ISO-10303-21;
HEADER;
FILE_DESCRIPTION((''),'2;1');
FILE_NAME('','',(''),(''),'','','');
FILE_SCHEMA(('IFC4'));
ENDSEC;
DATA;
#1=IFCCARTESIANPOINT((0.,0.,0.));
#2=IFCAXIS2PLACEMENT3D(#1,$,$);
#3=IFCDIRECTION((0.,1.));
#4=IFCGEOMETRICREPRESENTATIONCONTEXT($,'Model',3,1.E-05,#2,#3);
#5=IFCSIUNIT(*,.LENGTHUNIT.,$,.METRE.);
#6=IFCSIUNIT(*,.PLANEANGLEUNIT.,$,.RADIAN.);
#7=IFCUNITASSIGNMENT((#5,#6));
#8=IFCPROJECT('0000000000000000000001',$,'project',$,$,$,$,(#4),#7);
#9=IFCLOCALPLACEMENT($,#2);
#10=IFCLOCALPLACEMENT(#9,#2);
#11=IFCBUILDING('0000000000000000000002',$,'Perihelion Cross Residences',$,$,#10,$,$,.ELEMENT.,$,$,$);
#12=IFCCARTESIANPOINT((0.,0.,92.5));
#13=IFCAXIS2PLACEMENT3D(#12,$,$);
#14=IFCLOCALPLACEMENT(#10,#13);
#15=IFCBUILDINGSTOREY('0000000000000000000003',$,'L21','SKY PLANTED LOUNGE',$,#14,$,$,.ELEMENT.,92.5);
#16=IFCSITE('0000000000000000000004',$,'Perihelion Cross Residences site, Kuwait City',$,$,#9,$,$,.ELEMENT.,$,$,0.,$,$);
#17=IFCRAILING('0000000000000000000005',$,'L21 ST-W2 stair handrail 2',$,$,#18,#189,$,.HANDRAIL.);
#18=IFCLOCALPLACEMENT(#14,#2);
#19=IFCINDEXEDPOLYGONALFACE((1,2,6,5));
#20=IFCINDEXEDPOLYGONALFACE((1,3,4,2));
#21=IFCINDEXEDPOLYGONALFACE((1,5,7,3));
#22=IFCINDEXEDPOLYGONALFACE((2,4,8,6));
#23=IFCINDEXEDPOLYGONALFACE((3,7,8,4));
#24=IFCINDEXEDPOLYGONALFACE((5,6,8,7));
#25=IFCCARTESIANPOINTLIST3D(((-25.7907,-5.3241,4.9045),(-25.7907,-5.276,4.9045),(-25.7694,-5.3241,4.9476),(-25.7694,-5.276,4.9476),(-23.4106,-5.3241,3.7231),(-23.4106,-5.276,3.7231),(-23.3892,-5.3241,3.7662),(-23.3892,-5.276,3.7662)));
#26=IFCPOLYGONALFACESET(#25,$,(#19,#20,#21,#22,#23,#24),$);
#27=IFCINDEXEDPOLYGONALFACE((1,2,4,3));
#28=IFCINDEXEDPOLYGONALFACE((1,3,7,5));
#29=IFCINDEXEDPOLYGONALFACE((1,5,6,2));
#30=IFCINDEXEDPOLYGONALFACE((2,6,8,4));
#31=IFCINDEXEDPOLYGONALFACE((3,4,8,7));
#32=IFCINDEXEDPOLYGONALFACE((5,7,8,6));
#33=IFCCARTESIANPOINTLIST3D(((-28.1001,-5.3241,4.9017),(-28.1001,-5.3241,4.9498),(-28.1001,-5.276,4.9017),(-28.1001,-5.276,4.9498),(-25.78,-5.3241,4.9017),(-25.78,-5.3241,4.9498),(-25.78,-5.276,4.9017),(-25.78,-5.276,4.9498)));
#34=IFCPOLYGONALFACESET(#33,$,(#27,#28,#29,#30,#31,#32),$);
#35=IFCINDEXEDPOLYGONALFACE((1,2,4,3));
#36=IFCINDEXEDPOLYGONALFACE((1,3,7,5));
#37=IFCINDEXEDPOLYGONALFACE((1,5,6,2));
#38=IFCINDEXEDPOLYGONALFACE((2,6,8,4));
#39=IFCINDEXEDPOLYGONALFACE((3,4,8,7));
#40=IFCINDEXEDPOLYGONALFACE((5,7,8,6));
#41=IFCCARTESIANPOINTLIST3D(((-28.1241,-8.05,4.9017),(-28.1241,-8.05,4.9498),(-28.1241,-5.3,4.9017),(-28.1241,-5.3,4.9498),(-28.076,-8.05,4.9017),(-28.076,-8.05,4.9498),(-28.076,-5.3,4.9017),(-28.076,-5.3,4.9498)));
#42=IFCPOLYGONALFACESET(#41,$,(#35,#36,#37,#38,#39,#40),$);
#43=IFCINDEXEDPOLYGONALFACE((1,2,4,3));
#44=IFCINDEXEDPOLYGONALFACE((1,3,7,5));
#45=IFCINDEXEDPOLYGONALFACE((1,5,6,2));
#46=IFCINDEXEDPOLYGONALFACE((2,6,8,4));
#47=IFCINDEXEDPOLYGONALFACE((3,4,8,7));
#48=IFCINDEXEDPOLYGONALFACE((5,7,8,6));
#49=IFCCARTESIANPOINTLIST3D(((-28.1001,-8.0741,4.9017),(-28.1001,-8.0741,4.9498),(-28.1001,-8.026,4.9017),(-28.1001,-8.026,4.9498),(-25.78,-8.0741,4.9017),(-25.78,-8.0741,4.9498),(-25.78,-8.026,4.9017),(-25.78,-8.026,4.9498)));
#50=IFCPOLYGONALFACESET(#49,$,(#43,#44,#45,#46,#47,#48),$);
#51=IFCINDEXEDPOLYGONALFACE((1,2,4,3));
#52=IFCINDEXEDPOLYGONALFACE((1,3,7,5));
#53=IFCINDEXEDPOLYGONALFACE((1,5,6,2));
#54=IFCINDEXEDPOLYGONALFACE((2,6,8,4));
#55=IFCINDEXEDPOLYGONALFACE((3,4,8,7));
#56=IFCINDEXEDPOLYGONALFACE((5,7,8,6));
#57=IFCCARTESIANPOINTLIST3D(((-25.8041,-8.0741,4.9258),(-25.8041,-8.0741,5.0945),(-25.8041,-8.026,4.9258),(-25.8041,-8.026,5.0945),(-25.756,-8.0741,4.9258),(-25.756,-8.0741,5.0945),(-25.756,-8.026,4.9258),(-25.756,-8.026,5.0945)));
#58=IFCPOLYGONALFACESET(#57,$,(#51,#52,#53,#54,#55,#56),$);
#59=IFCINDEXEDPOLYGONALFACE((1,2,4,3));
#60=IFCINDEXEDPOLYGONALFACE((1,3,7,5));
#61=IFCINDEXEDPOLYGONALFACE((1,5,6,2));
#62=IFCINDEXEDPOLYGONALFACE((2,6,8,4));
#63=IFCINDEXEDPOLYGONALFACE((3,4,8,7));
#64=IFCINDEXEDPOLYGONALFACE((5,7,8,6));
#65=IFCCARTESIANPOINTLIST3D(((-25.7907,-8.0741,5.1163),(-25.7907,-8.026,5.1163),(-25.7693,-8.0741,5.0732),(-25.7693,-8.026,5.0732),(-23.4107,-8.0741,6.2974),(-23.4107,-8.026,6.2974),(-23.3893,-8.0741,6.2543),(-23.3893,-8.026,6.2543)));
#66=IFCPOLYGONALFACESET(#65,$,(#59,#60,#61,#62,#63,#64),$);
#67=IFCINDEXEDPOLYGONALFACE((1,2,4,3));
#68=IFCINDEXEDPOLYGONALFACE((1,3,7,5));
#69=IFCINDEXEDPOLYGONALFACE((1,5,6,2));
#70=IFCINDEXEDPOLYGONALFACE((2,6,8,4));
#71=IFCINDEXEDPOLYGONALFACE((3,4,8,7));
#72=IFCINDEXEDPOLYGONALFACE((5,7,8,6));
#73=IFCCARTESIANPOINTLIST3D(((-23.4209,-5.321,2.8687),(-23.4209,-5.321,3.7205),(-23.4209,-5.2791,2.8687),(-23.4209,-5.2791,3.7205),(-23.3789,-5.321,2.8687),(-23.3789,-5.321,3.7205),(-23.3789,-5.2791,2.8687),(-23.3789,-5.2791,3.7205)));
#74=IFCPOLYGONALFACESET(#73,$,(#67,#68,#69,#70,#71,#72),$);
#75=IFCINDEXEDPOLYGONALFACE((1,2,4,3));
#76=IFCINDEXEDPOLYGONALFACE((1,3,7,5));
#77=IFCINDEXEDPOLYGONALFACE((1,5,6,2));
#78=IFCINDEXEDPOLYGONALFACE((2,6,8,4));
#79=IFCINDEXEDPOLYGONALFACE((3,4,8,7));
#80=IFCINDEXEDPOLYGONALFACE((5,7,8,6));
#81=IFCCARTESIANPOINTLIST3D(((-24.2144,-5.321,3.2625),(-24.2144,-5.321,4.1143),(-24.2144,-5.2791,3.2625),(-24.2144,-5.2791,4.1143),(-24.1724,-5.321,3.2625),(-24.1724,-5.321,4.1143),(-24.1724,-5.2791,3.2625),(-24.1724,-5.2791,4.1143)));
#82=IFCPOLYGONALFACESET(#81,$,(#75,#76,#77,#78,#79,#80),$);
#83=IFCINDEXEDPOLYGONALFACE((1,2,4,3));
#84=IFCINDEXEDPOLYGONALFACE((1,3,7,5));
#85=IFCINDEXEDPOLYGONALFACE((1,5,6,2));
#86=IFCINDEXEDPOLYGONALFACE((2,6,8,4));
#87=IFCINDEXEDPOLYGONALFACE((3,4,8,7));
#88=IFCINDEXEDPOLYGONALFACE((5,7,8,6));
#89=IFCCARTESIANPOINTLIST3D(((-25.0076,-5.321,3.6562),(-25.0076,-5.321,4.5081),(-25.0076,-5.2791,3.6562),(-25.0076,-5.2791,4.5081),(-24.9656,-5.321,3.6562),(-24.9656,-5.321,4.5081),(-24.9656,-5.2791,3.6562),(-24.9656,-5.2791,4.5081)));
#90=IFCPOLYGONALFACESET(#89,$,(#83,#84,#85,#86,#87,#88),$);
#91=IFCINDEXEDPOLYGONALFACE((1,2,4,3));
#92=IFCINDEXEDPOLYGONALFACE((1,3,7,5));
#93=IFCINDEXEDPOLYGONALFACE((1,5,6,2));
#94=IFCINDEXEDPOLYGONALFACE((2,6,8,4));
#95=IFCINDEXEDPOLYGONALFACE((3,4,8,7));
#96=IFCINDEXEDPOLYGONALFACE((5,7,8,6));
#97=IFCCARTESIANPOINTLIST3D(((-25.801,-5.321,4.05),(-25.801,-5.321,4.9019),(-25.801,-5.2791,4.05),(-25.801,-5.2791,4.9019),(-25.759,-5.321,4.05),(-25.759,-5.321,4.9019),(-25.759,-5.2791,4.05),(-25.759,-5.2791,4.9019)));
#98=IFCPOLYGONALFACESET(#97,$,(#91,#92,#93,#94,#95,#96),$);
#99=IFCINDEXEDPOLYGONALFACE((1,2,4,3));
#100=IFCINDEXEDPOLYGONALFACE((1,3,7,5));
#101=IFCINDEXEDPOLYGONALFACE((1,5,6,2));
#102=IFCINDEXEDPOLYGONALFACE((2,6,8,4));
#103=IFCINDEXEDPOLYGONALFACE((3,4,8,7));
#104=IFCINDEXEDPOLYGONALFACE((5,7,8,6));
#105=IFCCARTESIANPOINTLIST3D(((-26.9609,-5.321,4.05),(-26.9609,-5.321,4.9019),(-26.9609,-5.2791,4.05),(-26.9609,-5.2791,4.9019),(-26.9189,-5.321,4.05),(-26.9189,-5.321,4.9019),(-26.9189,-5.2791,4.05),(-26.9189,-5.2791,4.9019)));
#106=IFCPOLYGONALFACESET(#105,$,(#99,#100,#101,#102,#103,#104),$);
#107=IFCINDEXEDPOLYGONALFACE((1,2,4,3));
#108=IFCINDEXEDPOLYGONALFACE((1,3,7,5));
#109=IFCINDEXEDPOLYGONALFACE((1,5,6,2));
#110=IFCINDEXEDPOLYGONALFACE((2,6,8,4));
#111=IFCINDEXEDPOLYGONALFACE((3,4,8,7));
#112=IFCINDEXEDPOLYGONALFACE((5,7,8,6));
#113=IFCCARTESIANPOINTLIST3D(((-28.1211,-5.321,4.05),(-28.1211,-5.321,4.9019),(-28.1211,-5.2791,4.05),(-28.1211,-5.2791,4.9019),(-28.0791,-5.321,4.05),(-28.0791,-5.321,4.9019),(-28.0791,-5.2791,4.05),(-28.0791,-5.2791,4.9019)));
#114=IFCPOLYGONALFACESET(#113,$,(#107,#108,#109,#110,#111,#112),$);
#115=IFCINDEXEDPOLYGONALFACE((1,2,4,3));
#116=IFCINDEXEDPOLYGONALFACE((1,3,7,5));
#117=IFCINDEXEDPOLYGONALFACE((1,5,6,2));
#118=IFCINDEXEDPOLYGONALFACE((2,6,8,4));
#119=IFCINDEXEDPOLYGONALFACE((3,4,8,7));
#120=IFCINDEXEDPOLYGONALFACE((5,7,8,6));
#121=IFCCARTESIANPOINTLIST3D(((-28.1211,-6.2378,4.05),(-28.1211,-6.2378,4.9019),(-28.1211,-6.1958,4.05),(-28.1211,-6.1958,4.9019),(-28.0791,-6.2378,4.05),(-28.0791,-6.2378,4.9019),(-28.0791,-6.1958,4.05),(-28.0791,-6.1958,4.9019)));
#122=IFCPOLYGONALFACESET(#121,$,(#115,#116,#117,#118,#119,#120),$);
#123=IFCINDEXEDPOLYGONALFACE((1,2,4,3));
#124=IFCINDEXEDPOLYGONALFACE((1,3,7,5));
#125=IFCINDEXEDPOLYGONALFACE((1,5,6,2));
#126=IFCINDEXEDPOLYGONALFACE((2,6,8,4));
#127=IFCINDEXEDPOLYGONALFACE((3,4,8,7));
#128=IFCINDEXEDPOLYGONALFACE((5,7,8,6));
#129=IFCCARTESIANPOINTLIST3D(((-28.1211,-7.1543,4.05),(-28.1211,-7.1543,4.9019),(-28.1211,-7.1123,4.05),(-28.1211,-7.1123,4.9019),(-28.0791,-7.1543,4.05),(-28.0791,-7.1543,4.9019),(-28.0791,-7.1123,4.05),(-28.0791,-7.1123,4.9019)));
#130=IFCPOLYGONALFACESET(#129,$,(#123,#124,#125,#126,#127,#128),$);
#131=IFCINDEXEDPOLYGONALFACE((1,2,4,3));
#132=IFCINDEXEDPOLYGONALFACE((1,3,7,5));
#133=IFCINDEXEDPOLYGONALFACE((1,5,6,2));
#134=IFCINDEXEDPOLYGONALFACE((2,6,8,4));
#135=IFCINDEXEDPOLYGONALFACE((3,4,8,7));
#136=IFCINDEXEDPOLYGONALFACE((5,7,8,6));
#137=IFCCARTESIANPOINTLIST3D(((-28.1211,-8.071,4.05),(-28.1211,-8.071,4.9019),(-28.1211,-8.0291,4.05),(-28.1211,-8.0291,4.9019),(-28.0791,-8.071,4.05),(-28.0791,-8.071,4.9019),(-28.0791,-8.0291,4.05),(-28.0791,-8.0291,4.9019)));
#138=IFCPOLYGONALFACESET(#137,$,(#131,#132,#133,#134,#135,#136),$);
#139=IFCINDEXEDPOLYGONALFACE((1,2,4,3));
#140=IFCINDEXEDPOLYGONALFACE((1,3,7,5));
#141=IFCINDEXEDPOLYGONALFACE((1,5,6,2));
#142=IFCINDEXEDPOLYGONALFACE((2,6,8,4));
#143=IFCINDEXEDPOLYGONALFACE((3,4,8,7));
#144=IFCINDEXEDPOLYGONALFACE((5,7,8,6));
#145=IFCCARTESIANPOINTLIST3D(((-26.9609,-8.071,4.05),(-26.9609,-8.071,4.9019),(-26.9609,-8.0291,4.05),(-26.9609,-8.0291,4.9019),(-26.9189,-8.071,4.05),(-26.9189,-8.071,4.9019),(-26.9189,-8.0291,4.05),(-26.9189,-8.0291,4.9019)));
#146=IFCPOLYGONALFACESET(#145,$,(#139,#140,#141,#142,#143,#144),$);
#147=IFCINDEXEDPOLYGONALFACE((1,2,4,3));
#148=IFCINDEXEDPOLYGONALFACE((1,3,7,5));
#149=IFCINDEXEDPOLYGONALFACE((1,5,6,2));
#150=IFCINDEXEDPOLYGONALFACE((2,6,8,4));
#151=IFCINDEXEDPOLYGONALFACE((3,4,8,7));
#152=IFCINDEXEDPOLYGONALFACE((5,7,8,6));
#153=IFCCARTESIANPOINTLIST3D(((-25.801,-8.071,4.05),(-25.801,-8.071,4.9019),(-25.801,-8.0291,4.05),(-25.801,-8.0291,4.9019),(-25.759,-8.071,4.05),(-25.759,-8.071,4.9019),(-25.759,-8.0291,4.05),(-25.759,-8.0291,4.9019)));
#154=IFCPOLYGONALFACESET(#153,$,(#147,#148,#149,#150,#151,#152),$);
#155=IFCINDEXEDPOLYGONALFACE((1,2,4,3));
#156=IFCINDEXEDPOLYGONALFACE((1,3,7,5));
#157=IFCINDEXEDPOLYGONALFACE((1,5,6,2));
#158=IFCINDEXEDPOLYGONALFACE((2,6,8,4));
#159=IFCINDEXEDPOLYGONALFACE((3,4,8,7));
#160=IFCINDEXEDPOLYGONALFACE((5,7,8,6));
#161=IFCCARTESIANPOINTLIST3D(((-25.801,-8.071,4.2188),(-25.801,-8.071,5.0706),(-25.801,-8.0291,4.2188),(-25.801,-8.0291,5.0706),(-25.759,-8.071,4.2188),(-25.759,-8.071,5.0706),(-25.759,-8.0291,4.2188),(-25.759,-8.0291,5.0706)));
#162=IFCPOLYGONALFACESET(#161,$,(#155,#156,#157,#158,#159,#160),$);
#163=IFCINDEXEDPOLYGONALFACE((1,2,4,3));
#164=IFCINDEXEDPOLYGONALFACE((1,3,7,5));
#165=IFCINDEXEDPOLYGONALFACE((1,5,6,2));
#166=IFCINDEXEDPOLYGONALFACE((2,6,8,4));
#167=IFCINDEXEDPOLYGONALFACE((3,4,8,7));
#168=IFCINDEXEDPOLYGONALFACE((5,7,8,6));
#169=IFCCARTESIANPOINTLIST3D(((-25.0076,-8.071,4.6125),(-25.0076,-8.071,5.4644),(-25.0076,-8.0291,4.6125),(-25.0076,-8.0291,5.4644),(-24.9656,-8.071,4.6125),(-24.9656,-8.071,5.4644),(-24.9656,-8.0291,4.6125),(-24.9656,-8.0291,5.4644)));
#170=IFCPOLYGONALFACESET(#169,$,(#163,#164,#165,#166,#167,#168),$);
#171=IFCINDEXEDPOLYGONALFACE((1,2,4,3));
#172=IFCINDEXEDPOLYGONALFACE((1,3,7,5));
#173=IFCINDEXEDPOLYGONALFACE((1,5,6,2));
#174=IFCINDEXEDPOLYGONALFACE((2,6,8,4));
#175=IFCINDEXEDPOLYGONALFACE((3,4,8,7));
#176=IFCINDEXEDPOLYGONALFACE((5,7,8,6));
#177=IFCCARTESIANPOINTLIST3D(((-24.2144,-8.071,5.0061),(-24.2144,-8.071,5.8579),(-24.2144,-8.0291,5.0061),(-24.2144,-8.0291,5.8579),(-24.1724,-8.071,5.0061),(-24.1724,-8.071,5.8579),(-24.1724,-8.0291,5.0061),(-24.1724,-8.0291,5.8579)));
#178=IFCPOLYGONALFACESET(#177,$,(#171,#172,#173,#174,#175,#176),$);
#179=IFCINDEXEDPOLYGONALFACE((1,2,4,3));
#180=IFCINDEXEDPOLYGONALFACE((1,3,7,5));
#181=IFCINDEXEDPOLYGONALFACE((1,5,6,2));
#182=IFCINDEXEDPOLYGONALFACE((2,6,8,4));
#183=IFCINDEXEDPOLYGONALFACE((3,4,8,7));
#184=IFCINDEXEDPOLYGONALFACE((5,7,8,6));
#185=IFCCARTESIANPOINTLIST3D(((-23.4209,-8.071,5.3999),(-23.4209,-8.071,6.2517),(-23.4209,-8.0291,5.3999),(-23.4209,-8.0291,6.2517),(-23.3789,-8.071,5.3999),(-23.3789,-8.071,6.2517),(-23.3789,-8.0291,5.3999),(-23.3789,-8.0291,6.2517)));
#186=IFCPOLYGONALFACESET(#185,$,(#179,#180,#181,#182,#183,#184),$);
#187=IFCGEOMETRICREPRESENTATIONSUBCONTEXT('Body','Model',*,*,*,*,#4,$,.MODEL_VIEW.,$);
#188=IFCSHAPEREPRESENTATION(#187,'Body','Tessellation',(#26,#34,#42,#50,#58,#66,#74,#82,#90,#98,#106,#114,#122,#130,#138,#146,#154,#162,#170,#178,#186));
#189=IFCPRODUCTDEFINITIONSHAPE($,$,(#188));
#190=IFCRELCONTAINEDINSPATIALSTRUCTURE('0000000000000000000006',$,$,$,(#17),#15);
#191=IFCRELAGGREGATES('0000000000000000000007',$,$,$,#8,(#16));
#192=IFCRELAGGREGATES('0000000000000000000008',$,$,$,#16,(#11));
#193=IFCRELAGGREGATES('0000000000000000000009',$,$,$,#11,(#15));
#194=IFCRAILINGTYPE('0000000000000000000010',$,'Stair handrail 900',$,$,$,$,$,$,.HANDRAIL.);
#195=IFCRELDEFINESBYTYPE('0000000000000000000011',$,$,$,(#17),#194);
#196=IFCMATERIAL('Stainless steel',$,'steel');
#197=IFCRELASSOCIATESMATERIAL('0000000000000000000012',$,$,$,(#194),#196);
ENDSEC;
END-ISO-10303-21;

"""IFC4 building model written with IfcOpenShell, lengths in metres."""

from ifc_helpers import new_model, si_unit, direction, frame, origin, origin_2d, place, context, subcontext, project, spatial, rectangle, extrude, material, type_object, element, save


model = new_model("IFC4")

# Units and contexts
model_context = context("Model", 3, precision=1e-05, world=origin(), true_north=direction((0.0, 1.0)))
body_context = subcontext(model_context, "Body", "Model", "MODEL_VIEW")
ifc_project = project(units=[si_unit("LENGTHUNIT", "METRE"), si_unit("PLANEANGLEUNIT", "RADIAN")], contexts=[model_context])

# Site, building, storey
site_placement = place(None, origin())
site = spatial("IfcSite", under=ifc_project, at=site_placement, Name="Perihelion Cross Residences site, Kuwait City", CompositionType="ELEMENT", RefElevation=0.0)
building_placement = place(site_placement, origin())
building = spatial("IfcBuilding", under=site, at=building_placement, Name="Perihelion Cross Residences", CompositionType="ELEMENT")
storey_placement = place(building_placement, frame((0.0, 0.0, 92.5)))
storey = spatial("IfcBuildingStorey", under=building, at=storey_placement, Name="L21", Description="SKY PLANTED LOUNGE", CompositionType="ELEMENT", Elevation=92.5)

# Railing
ifc_material_1 = material(Name="Stainless steel", Category="steel")
railing_type_1 = type_object("IfcRailingType", Name="Stair handrail 900", PredefinedType="HANDRAIL", material=ifc_material_1)
railing_1_placement = place(storey_placement, frame((-23.3999, -5.3, 2.8687)))
element("IfcRailing", 1, at=railing_1_placement, inside=storey, type_object=railing_type_1, Name="L21 ST-W2 stair handrail 2", PredefinedType="HANDRAIL", context=body_context, shape_type="SweptSolid", body=[
    extrude(rectangle(XDim=0.0481, YDim=0.0481, at=origin_2d()), frame((0.0, 0.0, 0.876), z_axis=(-0.895728, 0.0, 0.444602), x_axis=(0.0, -1.0, 0.0)), (0.0, 0.0, 1.0), 2.6572),
    extrude(rectangle(XDim=0.0481, YDim=0.0481, at=origin_2d()), frame((-2.3801, 0.0, 2.0571), z_axis=(-1.0, 0.0, 0.0), x_axis=(0.0, -1.0, 0.0)), (0.0, 0.0, 1.0), 2.3201),
    extrude(rectangle(XDim=0.0481, YDim=0.0481, at=origin_2d()), frame((-4.7002, 0.0, 2.0571), z_axis=(0.0, -1.0, 0.0), x_axis=(1.0, 0.0, 0.0)), (0.0, 0.0, 1.0), 2.75),
    extrude(rectangle(XDim=0.0481, YDim=0.0481, at=origin_2d()), frame((-4.7002, -2.75, 2.0571), z_axis=(1.0, 0.0, 0.0), x_axis=(0.0, 1.0, 0.0)), (0.0, 0.0, 1.0), 2.3201),
    extrude(rectangle(XDim=0.0481, YDim=0.0481, at=origin_2d()), frame((-2.3801, -2.75, 2.0571), z_axis=(0.0, 0.0, 1.0), x_axis=(1.0, 0.0, 0.0)), (0.0, 0.0, 1.0), 0.1687),
    extrude(rectangle(XDim=0.0481, YDim=0.0481, at=origin_2d()), frame((-2.3801, -2.75, 2.2261), z_axis=(0.895765, 0.0, 0.444529), x_axis=(0.0, 1.0, 0.0)), (0.0, 0.0, 1.0), 2.657),
    extrude(rectangle(XDim=0.042, YDim=0.042, at=origin_2d()), origin(), (0.0, 0.0, 1.0), 0.8518),
    extrude(rectangle(XDim=0.042, YDim=0.042, at=origin_2d()), frame((-0.7935, 0.0, 0.3938)), (0.0, 0.0, 1.0), 0.8518),
    extrude(rectangle(XDim=0.042, YDim=0.042, at=origin_2d()), frame((-1.5867, 0.0, 0.7876)), (0.0, 0.0, 1.0), 0.8518),
    extrude(rectangle(XDim=0.042, YDim=0.042, at=origin_2d()), frame((-2.3801, 0.0, 1.1814)), (0.0, 0.0, 1.0), 0.8518),
    extrude(rectangle(XDim=0.042, YDim=0.042, at=origin_2d()), frame((-3.54, 0.0, 1.1814)), (0.0, 0.0, 1.0), 0.8518),
    extrude(rectangle(XDim=0.042, YDim=0.042, at=origin_2d()), frame((-4.7002, 0.0, 1.1814)), (0.0, 0.0, 1.0), 0.8518),
    extrude(rectangle(XDim=0.042, YDim=0.042, at=origin_2d()), frame((-4.7002, -0.9167, 1.1814)), (0.0, 0.0, 1.0), 0.8518),
    extrude(rectangle(XDim=0.042, YDim=0.042, at=origin_2d()), frame((-4.7002, -1.8333, 1.1814)), (0.0, 0.0, 1.0), 0.8518),
    extrude(rectangle(XDim=0.042, YDim=0.042, at=origin_2d()), frame((-4.7002, -2.75, 1.1814)), (0.0, 0.0, 1.0), 0.8518),
    extrude(rectangle(XDim=0.042, YDim=0.042, at=origin_2d()), frame((-3.54, -2.75, 1.1814)), (0.0, 0.0, 1.0), 0.8518),
    extrude(rectangle(XDim=0.042, YDim=0.042, at=origin_2d()), frame((-2.3801, -2.75, 1.1814)), (0.0, 0.0, 1.0), 0.8518),
    extrude(rectangle(XDim=0.042, YDim=0.042, at=origin_2d()), frame((-2.3801, -2.75, 1.3501)), (0.0, 0.0, 1.0), 0.8518),
    extrude(rectangle(XDim=0.042, YDim=0.042, at=origin_2d()), frame((-1.5867, -2.75, 1.7439)), (0.0, 0.0, 1.0), 0.8518),
    extrude(rectangle(XDim=0.042, YDim=0.042, at=origin_2d()), frame((-0.7935, -2.75, 2.1375)), (0.0, 0.0, 1.0), 0.8518),
    extrude(rectangle(XDim=0.042, YDim=0.042, at=origin_2d()), frame((0.0, -2.75, 2.5312)), (0.0, 0.0, 1.0), 0.8518),
])

save(model, "model.ifc")
